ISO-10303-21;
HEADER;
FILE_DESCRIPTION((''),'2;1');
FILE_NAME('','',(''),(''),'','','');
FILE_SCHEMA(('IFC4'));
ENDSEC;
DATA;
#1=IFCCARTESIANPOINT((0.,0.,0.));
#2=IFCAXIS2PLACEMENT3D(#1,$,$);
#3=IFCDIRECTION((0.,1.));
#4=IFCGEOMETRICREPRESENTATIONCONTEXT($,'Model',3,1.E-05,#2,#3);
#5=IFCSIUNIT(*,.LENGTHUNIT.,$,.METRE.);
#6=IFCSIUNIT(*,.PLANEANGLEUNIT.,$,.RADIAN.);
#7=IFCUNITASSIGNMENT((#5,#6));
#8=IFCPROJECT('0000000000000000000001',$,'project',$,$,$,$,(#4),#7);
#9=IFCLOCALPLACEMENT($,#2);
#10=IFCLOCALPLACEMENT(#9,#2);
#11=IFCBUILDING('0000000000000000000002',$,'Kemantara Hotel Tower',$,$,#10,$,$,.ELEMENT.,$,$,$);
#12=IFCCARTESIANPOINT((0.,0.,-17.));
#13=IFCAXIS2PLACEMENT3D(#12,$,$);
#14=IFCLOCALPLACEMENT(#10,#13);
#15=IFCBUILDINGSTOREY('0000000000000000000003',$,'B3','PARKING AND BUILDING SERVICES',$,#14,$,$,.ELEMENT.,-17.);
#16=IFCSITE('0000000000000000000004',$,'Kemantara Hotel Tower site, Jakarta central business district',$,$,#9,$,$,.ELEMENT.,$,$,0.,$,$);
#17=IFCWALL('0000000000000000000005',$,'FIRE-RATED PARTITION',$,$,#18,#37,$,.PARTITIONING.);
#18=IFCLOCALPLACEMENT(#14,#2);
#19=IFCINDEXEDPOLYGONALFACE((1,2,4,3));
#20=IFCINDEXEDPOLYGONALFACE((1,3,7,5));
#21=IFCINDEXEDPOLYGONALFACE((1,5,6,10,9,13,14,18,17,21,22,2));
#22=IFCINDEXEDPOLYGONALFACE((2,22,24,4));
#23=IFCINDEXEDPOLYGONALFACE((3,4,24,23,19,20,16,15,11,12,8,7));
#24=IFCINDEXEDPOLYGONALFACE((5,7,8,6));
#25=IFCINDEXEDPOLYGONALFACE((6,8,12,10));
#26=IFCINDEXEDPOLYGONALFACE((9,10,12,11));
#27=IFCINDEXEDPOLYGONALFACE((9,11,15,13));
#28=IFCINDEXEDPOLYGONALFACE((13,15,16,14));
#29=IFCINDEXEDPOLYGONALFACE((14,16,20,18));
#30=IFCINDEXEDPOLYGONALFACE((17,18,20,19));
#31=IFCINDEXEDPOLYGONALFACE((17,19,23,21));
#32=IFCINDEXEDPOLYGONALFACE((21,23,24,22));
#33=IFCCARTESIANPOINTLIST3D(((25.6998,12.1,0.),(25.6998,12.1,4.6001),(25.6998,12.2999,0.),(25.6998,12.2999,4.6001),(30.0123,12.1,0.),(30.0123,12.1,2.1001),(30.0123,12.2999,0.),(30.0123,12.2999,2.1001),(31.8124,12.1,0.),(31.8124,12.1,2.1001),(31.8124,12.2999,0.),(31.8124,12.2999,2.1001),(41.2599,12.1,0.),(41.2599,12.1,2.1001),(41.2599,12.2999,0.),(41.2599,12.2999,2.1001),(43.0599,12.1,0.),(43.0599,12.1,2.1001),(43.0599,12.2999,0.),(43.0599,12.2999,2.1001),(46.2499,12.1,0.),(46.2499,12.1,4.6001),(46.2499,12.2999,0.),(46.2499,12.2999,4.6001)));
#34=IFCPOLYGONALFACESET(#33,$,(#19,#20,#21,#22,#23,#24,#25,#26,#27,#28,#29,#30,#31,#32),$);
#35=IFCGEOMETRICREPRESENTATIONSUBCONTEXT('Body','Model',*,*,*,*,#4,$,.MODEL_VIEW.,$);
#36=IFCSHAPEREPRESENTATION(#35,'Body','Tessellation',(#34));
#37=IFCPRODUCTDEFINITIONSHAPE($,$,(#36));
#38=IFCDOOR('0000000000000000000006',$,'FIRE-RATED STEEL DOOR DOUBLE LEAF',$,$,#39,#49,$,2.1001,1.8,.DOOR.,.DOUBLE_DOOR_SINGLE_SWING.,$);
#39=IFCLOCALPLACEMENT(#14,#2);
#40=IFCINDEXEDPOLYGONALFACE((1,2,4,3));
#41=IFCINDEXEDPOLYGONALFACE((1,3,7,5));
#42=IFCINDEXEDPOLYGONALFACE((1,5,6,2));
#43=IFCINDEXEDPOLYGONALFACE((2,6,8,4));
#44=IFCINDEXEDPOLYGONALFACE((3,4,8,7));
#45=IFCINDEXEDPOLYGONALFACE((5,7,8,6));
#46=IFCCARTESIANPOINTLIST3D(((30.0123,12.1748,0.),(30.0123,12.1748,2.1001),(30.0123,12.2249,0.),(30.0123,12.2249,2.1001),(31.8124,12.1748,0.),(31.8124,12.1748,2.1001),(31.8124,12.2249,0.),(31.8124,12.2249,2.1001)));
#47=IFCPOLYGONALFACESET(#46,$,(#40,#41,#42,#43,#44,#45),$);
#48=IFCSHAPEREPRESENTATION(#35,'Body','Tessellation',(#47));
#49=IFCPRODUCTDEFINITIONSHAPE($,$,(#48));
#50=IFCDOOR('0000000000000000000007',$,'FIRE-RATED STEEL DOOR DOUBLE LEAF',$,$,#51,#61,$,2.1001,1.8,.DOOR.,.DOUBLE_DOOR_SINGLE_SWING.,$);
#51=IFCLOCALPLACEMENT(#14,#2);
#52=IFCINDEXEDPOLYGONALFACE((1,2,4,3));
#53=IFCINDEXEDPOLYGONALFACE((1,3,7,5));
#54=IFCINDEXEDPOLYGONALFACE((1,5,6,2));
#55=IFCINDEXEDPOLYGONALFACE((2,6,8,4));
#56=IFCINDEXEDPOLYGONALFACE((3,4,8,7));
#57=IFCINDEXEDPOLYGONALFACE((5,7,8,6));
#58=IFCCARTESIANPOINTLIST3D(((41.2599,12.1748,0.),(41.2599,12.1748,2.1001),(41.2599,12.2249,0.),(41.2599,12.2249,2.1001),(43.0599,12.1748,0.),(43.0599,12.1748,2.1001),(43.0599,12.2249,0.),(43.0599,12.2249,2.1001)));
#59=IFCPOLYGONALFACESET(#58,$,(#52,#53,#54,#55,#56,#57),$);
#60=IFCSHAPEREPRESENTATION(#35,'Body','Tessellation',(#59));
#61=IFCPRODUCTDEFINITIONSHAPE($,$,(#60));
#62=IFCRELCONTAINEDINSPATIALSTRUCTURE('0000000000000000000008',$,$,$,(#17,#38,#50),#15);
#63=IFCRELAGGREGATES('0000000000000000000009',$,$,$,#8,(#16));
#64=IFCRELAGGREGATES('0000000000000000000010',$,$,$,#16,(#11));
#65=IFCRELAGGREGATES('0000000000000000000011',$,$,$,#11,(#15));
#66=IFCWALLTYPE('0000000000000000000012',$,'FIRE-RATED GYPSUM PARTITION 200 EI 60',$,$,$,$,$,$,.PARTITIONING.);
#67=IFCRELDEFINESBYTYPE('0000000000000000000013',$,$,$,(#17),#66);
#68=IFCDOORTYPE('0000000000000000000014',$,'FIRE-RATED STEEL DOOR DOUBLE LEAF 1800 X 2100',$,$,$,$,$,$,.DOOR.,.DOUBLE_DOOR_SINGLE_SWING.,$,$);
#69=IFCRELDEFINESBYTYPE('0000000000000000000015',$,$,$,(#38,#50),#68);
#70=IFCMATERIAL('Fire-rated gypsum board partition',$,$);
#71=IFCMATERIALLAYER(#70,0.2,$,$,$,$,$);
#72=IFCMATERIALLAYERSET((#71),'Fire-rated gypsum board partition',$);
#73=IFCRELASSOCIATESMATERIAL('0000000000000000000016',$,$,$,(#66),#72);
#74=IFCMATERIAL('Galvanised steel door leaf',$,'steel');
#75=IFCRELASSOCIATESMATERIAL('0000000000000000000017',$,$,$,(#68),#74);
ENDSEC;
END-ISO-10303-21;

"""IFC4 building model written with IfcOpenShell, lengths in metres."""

from ifc_helpers import new_model, si_unit, direction, frame, frame_2d, origin, place, context, subcontext, project, spatial, rectangle, extrude, material, layer, layer_set, type_object, element, fill, save


model = new_model("IFC4")

# Units and contexts
model_context = context("Model", 3, precision=1e-05, world=origin(), true_north=direction((0.0, 1.0)))
body_context = subcontext(model_context, "Body", "Model", "MODEL_VIEW")
ifc_project = project(units=[si_unit("LENGTHUNIT", "METRE"), si_unit("PLANEANGLEUNIT", "RADIAN")], contexts=[model_context])

# Site, building, storey
site_placement = place(None, origin())
site = spatial("IfcSite", under=ifc_project, at=site_placement, Name="Kemantara Hotel Tower site, Jakarta central business district", CompositionType="ELEMENT", RefElevation=0.0)
building_placement = place(site_placement, origin())
building = spatial("IfcBuilding", under=site, at=building_placement, Name="Kemantara Hotel Tower", CompositionType="ELEMENT")
storey_placement = place(building_placement, frame((0.0, 0.0, -17.0)))
storey = spatial("IfcBuildingStorey", under=building, at=storey_placement, Name="B3", Description="PARKING AND BUILDING SERVICES", CompositionType="ELEMENT", Elevation=-17.0)

# Wall, openings, doors
ifc_material_1 = material(Name="Fire-rated gypsum board partition")
ifc_layer = layer(ifc_material_1, 0.2)
ifc_layer_set = layer_set([ifc_layer], Name="Fire-rated gypsum board partition")
wall_type = type_object("IfcWallType", Name="FIRE-RATED GYPSUM PARTITION 200 EI 60", PredefinedType="PARTITIONING", material=ifc_layer_set)
wall_1_placement = place(storey_placement, frame((25.7, 12.2, 0.0), z_axis=(0.0, 0.0, 1.0), x_axis=(1.0, 0.0, 0.0)))
wall_1 = element("IfcWall", 1, at=wall_1_placement, inside=storey, type_object=wall_type, Name="FIRE-RATED PARTITION", PredefinedType="PARTITIONING", context=body_context, shape_type="SweptSolid", body=[
    extrude(rectangle(XDim=20.55, YDim=0.2, at=frame_2d((10.2749, 0.0))), origin(), (0.0, 0.0, 1.0), 4.6001),
])
opening_1_placement = place(wall_1_placement, frame((4.3125, 0.0, 0.0)))
opening_1 = element("IfcOpeningElement", 2, at=opening_1_placement, cuts=wall_1, PredefinedType="OPENING", context=body_context, shape_type="SweptSolid", body=[
    extrude(rectangle(XDim=1.8, YDim=2.1001, at=frame_2d((0.8999, 1.05))), frame((0.0, 0.1099, 0.0), z_axis=(0.0, -1.0, 0.0), x_axis=(1.0, 0.0, 0.0)), (0.0, 0.0, 1.0), 0.22),
])
opening_2_placement = place(wall_1_placement, frame((15.5601, 0.0, 0.0)))
opening_2 = element("IfcOpeningElement", 3, at=opening_2_placement, cuts=wall_1, PredefinedType="OPENING", context=body_context, shape_type="SweptSolid", body=[
    extrude(rectangle(XDim=1.8, YDim=2.1001, at=frame_2d((0.8999, 1.05))), frame((0.0, 0.1099, 0.0), z_axis=(0.0, -1.0, 0.0), x_axis=(1.0, 0.0, 0.0)), (0.0, 0.0, 1.0), 0.22),
])
ifc_material_2 = material(Name="Galvanised steel door leaf", Category="steel")
door_type_1 = type_object("IfcDoorType", Name="FIRE-RATED STEEL DOOR DOUBLE LEAF 1800 X 2100", OperationType="DOUBLE_DOOR_SINGLE_SWING", PredefinedType="DOOR", material=ifc_material_2)
door_1_placement = place(opening_1_placement, origin())
door_1 = element("IfcDoor", 4, at=door_1_placement, inside=storey, type_object=door_type_1, Name="FIRE-RATED STEEL DOOR DOUBLE LEAF", OperationType="DOUBLE_DOOR_SINGLE_SWING", OverallHeight=2.1001, OverallWidth=1.8, PredefinedType="DOOR", context=body_context, shape_type="SweptSolid", body=[
    extrude(rectangle(XDim=1.8, YDim=2.1001, at=frame_2d((0.8999, 1.05))), frame((0.0, 0.0249, 0.0), z_axis=(0.0, -1.0, 0.0), x_axis=(1.0, 0.0, 0.0)), (0.0, 0.0, 1.0), 0.05),
])
fill(opening_1, door_1)
door_2_placement = place(opening_2_placement, origin())
door_2 = element("IfcDoor", 5, at=door_2_placement, inside=storey, type_object=door_type_1, Name="FIRE-RATED STEEL DOOR DOUBLE LEAF", OperationType="DOUBLE_DOOR_SINGLE_SWING", OverallHeight=2.1001, OverallWidth=1.8, PredefinedType="DOOR", context=body_context, shape_type="SweptSolid", body=[
    extrude(rectangle(XDim=1.8, YDim=2.1001, at=frame_2d((0.8999, 1.05))), frame((0.0, 0.0249, 0.0), z_axis=(0.0, -1.0, 0.0), x_axis=(1.0, 0.0, 0.0)), (0.0, 0.0, 1.0), 0.05),
])
fill(opening_2, door_2)

save(model, "model.ifc")
